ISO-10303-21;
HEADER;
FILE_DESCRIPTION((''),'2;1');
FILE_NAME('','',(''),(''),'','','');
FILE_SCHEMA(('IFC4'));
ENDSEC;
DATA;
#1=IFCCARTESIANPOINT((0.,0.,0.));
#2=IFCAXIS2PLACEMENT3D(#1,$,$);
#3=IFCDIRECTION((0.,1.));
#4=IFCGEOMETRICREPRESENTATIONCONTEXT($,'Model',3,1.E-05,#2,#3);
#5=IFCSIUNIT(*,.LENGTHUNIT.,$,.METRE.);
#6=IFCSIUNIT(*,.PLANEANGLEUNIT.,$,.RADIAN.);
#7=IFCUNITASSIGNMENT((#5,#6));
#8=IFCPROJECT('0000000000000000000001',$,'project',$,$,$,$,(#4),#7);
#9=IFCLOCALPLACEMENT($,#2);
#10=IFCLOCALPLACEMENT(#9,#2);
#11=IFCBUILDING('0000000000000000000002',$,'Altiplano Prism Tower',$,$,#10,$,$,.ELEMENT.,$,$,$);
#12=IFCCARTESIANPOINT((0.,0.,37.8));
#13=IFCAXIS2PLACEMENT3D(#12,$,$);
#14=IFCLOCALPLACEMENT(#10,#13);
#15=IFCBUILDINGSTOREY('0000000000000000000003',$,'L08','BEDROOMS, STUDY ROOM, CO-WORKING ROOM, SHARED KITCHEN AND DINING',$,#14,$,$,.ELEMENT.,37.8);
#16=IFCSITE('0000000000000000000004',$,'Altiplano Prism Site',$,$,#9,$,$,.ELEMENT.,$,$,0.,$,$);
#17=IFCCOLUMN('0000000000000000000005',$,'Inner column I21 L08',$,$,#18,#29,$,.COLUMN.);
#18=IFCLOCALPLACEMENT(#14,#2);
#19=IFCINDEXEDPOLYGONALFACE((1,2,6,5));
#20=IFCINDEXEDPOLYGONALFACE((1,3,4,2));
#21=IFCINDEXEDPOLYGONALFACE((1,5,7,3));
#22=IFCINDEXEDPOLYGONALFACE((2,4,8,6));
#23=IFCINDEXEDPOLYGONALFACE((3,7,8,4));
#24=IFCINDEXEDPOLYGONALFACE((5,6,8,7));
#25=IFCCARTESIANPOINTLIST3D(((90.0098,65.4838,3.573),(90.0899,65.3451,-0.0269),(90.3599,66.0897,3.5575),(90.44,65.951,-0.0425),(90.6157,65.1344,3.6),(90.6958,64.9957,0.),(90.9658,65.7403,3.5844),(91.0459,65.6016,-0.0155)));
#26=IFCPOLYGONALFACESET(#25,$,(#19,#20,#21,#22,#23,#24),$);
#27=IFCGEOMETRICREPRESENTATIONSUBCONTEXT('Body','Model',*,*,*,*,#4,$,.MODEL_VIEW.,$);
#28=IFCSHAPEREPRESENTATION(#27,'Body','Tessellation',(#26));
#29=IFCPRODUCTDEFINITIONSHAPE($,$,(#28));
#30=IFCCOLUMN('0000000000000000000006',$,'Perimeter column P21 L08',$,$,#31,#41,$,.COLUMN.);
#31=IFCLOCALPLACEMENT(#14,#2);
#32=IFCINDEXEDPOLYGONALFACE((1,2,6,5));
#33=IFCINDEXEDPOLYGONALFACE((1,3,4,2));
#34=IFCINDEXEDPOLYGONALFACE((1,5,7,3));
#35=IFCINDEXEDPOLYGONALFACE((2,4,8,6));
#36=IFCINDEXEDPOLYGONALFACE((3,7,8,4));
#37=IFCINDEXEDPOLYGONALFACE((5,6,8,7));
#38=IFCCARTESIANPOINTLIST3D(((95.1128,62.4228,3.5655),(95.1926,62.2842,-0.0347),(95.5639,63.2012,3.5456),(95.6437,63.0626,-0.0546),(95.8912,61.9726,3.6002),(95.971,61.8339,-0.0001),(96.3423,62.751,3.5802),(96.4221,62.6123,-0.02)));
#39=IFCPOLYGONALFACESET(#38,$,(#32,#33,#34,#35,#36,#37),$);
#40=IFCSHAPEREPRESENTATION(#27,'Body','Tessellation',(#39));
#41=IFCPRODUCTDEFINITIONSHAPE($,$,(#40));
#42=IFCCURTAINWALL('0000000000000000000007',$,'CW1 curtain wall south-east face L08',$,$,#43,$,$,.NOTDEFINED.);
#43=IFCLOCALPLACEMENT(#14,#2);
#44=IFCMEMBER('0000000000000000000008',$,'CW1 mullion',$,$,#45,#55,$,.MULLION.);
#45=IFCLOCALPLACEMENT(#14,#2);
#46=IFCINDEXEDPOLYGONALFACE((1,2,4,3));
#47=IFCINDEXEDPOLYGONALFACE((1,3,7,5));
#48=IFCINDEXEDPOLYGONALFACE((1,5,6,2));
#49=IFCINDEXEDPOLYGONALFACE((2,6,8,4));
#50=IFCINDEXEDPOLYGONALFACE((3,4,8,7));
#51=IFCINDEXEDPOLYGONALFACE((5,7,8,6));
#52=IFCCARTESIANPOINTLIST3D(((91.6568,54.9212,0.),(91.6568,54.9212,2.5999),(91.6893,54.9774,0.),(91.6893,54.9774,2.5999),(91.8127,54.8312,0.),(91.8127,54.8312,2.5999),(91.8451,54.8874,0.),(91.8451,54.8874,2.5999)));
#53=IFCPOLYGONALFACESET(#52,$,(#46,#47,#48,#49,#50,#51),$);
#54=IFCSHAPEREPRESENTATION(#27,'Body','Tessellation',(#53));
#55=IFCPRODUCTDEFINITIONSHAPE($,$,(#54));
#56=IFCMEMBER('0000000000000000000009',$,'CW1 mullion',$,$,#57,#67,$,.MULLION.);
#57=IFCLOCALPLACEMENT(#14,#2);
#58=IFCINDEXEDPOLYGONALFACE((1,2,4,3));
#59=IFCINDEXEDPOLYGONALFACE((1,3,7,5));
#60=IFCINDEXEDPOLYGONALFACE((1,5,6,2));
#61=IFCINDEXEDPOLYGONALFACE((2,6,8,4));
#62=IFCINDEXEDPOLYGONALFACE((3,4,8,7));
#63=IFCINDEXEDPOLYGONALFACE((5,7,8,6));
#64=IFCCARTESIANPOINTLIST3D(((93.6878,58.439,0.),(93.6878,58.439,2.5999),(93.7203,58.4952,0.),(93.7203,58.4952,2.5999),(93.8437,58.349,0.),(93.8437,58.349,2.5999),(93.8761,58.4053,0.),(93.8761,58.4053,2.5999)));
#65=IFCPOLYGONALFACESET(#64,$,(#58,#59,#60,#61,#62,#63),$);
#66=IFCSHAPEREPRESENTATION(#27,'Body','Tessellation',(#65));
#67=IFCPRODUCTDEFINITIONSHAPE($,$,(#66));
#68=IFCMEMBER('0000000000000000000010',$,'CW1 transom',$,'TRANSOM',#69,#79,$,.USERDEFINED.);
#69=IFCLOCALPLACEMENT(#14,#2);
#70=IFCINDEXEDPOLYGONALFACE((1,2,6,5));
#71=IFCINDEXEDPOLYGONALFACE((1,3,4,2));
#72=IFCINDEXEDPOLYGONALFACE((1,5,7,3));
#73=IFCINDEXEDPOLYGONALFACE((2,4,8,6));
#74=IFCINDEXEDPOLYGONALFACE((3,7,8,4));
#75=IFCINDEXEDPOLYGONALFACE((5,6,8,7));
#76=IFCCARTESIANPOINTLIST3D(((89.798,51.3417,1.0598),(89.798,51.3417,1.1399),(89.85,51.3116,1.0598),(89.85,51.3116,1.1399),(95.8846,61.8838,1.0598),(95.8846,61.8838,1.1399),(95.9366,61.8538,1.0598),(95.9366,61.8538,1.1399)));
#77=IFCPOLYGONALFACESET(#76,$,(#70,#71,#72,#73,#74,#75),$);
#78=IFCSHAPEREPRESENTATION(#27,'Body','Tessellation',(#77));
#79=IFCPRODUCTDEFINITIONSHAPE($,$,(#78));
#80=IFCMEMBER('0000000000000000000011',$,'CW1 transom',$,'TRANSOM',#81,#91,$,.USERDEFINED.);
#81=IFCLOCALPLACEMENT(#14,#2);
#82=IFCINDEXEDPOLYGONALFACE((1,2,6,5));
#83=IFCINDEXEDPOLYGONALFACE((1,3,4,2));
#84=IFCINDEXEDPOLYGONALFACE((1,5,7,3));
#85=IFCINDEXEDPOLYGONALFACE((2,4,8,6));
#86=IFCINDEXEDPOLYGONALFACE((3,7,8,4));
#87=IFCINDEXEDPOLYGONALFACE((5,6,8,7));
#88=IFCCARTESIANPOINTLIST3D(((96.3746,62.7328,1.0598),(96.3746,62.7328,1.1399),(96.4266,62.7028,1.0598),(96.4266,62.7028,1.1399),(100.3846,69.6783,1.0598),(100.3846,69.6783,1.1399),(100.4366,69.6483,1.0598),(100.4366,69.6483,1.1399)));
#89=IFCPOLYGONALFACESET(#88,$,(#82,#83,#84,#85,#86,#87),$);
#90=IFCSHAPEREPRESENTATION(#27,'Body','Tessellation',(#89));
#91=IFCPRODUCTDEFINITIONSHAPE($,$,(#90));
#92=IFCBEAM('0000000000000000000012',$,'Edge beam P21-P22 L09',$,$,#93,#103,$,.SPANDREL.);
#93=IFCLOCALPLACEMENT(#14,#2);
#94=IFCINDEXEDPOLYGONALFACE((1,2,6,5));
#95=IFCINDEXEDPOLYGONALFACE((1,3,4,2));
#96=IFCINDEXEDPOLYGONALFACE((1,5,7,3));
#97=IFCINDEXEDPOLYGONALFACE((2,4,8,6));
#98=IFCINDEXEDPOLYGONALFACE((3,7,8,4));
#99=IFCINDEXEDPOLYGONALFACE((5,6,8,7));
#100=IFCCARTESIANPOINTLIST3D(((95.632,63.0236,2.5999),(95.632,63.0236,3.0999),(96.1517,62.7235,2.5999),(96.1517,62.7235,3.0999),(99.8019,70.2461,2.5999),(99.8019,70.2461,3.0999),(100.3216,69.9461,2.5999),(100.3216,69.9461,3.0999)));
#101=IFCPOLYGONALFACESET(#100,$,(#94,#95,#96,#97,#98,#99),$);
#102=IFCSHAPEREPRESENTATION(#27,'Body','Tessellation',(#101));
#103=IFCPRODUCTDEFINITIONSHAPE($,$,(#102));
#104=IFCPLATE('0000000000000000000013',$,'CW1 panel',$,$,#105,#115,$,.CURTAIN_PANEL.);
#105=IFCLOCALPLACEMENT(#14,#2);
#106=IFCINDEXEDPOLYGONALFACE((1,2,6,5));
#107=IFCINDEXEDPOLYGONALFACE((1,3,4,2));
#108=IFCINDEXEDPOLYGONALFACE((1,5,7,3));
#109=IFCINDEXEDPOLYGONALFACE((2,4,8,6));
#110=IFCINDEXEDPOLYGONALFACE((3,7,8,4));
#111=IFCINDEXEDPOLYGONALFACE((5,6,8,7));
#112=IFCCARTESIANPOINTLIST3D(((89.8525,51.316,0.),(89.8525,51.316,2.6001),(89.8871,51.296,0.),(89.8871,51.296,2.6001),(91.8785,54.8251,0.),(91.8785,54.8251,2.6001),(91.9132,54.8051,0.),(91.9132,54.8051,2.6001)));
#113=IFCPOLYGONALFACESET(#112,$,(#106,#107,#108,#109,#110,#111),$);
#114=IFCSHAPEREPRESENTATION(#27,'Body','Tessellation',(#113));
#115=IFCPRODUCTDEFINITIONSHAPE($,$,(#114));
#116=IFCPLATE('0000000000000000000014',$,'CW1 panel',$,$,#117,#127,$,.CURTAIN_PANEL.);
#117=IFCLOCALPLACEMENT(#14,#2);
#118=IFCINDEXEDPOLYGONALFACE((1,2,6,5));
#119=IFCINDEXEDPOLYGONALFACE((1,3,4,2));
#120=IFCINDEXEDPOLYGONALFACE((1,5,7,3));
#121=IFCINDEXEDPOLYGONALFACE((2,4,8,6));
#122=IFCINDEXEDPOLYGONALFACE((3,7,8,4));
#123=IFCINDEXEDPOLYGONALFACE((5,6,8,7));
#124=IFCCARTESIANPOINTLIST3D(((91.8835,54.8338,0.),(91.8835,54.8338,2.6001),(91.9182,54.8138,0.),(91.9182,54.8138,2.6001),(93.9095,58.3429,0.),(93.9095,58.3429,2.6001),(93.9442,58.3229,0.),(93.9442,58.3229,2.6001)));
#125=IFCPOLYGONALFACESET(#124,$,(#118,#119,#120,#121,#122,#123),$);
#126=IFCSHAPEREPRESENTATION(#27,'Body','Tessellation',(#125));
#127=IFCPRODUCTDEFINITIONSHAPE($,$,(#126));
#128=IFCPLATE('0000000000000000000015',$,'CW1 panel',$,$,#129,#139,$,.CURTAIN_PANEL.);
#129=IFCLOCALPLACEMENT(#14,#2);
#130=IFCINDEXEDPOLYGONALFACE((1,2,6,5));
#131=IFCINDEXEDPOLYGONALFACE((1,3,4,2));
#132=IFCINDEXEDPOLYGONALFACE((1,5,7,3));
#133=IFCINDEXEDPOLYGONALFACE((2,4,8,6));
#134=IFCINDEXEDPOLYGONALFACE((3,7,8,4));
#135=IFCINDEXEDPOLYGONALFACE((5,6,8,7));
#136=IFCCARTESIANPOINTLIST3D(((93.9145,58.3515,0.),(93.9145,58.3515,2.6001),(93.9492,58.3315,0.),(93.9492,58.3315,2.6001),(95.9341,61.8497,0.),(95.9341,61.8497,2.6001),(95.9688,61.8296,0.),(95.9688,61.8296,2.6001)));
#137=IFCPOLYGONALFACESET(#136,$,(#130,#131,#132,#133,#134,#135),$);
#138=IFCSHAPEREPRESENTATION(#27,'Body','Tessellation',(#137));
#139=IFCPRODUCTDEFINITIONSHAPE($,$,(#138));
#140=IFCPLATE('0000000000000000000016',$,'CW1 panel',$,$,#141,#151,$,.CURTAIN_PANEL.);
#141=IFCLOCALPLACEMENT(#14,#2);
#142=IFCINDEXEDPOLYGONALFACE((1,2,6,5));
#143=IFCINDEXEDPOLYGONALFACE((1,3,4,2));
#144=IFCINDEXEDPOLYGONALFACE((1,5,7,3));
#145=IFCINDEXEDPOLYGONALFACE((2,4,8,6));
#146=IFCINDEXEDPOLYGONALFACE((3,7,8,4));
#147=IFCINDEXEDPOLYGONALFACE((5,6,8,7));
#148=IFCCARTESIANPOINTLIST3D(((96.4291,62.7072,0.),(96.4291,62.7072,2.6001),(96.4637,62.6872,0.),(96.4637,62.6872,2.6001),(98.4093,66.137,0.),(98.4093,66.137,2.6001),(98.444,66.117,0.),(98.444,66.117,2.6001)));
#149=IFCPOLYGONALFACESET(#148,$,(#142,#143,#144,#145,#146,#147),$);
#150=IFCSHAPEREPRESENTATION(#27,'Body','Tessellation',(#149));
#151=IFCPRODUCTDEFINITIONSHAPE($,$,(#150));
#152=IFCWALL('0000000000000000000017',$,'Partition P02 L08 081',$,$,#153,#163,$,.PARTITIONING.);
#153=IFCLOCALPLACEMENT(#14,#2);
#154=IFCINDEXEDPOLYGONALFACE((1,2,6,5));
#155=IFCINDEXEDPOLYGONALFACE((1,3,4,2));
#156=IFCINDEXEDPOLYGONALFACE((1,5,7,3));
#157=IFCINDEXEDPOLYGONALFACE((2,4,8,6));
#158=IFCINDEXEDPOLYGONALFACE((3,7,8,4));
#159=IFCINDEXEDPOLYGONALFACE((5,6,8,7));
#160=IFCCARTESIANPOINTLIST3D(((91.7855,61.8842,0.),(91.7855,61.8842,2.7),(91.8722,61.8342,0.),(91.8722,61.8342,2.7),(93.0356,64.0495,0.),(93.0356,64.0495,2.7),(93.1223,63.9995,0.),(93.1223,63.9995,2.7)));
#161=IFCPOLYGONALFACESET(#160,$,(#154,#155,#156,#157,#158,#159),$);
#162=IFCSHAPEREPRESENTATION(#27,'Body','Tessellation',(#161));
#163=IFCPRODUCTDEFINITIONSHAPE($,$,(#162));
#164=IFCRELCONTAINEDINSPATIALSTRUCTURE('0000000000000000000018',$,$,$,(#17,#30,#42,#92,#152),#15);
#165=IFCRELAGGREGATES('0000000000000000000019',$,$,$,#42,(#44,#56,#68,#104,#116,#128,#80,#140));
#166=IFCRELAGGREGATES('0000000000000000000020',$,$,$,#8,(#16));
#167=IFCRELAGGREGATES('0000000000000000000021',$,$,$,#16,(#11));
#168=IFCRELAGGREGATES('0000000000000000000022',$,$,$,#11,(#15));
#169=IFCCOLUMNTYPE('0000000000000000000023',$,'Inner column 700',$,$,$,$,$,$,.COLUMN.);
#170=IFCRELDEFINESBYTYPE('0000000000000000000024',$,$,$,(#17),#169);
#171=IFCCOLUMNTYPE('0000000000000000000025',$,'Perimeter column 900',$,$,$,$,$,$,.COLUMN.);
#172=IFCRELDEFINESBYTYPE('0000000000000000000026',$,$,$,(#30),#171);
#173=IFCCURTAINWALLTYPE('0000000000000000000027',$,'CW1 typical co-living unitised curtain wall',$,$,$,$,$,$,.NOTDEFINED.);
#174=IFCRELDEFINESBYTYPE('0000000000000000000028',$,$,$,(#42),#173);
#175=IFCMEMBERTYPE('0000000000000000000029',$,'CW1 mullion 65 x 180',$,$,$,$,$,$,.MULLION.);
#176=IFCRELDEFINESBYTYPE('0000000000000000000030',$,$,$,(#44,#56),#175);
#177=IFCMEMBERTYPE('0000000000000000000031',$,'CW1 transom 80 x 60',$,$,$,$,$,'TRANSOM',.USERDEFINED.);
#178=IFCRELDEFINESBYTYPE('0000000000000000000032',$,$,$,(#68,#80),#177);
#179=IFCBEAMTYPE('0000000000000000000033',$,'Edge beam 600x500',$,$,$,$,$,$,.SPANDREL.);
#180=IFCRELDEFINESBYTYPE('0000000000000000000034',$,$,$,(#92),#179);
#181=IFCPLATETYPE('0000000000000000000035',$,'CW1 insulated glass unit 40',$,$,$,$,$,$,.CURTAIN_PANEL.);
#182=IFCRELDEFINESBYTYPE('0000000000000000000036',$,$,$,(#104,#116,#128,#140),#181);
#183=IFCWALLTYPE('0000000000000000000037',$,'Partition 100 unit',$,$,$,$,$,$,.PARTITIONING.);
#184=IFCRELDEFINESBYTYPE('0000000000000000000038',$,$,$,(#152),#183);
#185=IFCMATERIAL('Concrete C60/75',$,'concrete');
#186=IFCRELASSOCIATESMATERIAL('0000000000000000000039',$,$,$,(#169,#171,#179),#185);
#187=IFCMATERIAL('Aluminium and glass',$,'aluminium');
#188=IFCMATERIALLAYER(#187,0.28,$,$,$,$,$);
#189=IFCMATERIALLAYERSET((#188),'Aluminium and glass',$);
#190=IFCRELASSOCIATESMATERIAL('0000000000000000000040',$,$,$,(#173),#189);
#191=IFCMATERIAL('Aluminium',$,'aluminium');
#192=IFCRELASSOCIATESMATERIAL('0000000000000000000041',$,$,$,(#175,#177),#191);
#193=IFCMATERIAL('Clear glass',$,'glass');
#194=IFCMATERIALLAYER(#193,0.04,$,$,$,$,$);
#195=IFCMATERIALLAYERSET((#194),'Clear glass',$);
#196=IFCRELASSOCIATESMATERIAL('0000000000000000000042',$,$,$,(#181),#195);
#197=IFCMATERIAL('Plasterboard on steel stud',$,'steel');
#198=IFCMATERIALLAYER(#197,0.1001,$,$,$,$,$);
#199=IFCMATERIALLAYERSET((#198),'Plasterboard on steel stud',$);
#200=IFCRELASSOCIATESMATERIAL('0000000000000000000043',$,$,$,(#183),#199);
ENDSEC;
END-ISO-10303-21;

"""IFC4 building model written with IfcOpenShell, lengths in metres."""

from ifc_helpers import new_model, si_unit, direction, frame, frame_2d, origin, origin_2d, place, context, subcontext, project, spatial, rectangle, extrude, material, layer, layer_set, material_profile, profile_set, type_object, element, aggregate, save


model = new_model("IFC4")

# Units and contexts
model_context = context("Model", 3, precision=1e-05, world=origin(), true_north=direction((0.0, 1.0)))
body_context = subcontext(model_context, "Body", "Model", "MODEL_VIEW")
ifc_project = project(units=[si_unit("LENGTHUNIT", "METRE"), si_unit("PLANEANGLEUNIT", "RADIAN")], contexts=[model_context])

# Site, building, storey
site_placement = place(None, origin())
site = spatial("IfcSite", under=ifc_project, at=site_placement, Name="Altiplano Prism Site", CompositionType="ELEMENT", RefElevation=0.0)
building_placement = place(site_placement, origin())
building = spatial("IfcBuilding", under=site, at=building_placement, Name="Altiplano Prism Tower", CompositionType="ELEMENT")
storey_placement = place(building_placement, frame((0.0, 0.0, 37.8)))
storey = spatial("IfcBuildingStorey", under=building, at=storey_placement, Name="L08", Description="BEDROOMS, STUDY ROOM, CO-WORKING ROOM, SHARED KITCHEN AND DINING", CompositionType="ELEMENT", Elevation=37.8)

# Columns
ifc_material_1 = material(Name="Concrete C60/75", Category="concrete")
ifc_material_profile_1 = material_profile(ifc_material_1, rectangle(XDim=0.7, YDim=0.7, at=origin_2d()), Name="Inner column 700")
ifc_profile_set_1 = profile_set([ifc_material_profile_1], Name="Concrete C60/75")
column_type_1 = type_object("IfcColumnType", Name="Inner column 700", PredefinedType="COLUMN", material=ifc_profile_set_1)
column_1_placement = place(storey_placement, frame((90.5679, 65.4734, -0.0212), z_axis=(-0.022223, 0.038483, 0.999012), x_axis=(-0.500177, -0.865638, 0.022219)))
element("IfcColumn", 1, at=column_1_placement, inside=storey, type_object=column_type_1, Name="Inner column I21 L08", PredefinedType="COLUMN", context=body_context, shape_type="SweptSolid", body=[
    extrude(rectangle(XDim=0.7, YDim=0.7, at=origin_2d()), origin(), (0.0, 0.0, 1.0), 3.6035),
])
ifc_material_profile_2 = material_profile(ifc_material_1, rectangle(XDim=0.8999, YDim=0.8999, at=origin_2d()), Name="Perimeter column 900")
ifc_profile_set_2 = profile_set([ifc_material_profile_2], Name="Concrete C60/75")
column_type_2 = type_object("IfcColumnType", Name="Perimeter column 900", PredefinedType="COLUMN", material=ifc_profile_set_2)
column_2_placement = place(storey_placement, frame((95.8074, 62.4482, -0.0273), z_axis=(-0.022154, 0.038481, 0.999014), x_axis=(-0.501315, -0.86498, 0.022201)))
element("IfcColumn", 2, at=column_2_placement, inside=storey, type_object=column_type_2, Name="Perimeter column P21 L08", PredefinedType="COLUMN", context=body_context, shape_type="SweptSolid", body=[
    extrude(rectangle(XDim=0.8999, YDim=0.8999, at=origin_2d()), origin(), (0.0, 0.0, 1.0), 3.6038),
])

# Curtain wall, members
ifc_material_2 = material(Name="Aluminium and glass", Category="aluminium")
ifc_layer_1 = layer(ifc_material_2, 0.28)
ifc_layer_set_1 = layer_set([ifc_layer_1], Name="Aluminium and glass")
curtain_wall_type = type_object("IfcCurtainWallType", Name="CW1 typical co-living unitised curtain wall", PredefinedType="NOTDEFINED", material=ifc_layer_set_1)
curtain_wall_placement = place(storey_placement, origin())
curtain_wall = element("IfcCurtainWall", 3, at=curtain_wall_placement, inside=storey, type_object=curtain_wall_type, Name="CW1 curtain wall south-east face L08", PredefinedType="NOTDEFINED")
ifc_material_3 = material(Name="Aluminium", Category="aluminium")
ifc_material_profile_3 = material_profile(ifc_material_3, rectangle(XDim=0.1799, YDim=0.0649, at=origin_2d()), Name="CW1 mullion 65 x 180")
ifc_profile_set_3 = profile_set([ifc_material_profile_3], Name="Aluminium")
member_type_1 = type_object("IfcMemberType", Name="CW1 mullion 65 x 180", PredefinedType="MULLION", material=ifc_profile_set_3)
member_1_placement = place(storey_placement, frame((91.751, 54.9043, 0.0), z_axis=(0.0, 0.0, 1.0), x_axis=(-0.866025, 0.5, 0.0)))
member_1 = element("IfcMember", 4, at=member_1_placement, type_object=member_type_1, Name="CW1 mullion", PredefinedType="MULLION", context=body_context, shape_type="SweptSolid", body=[
    extrude(rectangle(XDim=0.1799, YDim=0.0649, at=origin_2d()), origin(), (0.0, 0.0, 1.0), 2.5999),
])
member_2_placement = place(storey_placement, frame((93.782, 58.4221, 0.0), z_axis=(0.0, 0.0, 1.0), x_axis=(-0.866025, 0.5, 0.0)))
member_2 = element("IfcMember", 5, at=member_2_placement, type_object=member_type_1, Name="CW1 mullion", PredefinedType="MULLION", context=body_context, shape_type="SweptSolid", body=[
    extrude(rectangle(XDim=0.1799, YDim=0.0649, at=origin_2d()), origin(), (0.0, 0.0, 1.0), 2.5999),
])
ifc_material_profile_4 = material_profile(ifc_material_3, rectangle(XDim=0.0601, YDim=0.0801, at=origin_2d()), Name="CW1 transom 80 x 60")
ifc_profile_set_4 = profile_set([ifc_material_profile_4], Name="Aluminium")
member_type_2 = type_object("IfcMemberType", Name="CW1 transom 80 x 60", ElementType="TRANSOM", PredefinedType="USERDEFINED", material=ifc_profile_set_4)
member_3_placement = place(storey_placement, frame((89.824, 51.3267, 1.0999), z_axis=(0.500007, 0.866022, 0.0), x_axis=(-0.866022, 0.500007, 0.0)))
member_3 = element("IfcMember", 6, at=member_3_placement, type_object=member_type_2, Name="CW1 transom", ObjectType="TRANSOM", PredefinedType="USERDEFINED", context=body_context, shape_type="SweptSolid", body=[
    extrude(rectangle(XDim=0.0601, YDim=0.0801, at=origin_2d()), origin(), (0.0, 0.0, 1.0), 12.1731),
])
member_4_placement = place(storey_placement, frame((96.4006, 62.7178, 1.0999), z_axis=(0.499999, 0.866026, 0.0), x_axis=(-0.866026, 0.499999, 0.0)))
member_4 = element("IfcMember", 7, at=member_4_placement, type_object=member_type_2, Name="CW1 transom", ObjectType="TRANSOM", PredefinedType="USERDEFINED", context=body_context, shape_type="SweptSolid", body=[
    extrude(rectangle(XDim=0.0601, YDim=0.0801, at=origin_2d()), origin(), (0.0, 0.0, 1.0), 8.02),
])

# Beam
ifc_material_profile_5 = material_profile(ifc_material_1, rectangle(XDim=0.6001, YDim=0.5, at=origin_2d()), Name="Edge beam 600x500")
ifc_profile_set_5 = profile_set([ifc_material_profile_5], Name="Concrete C60/75")
beam_type = type_object("IfcBeamType", Name="Edge beam 600x500", PredefinedType="SPANDREL", material=ifc_profile_set_5)
beam_placement = place(storey_placement, frame((95.8918, 62.8735, 2.8499), z_axis=(0.499993, 0.86603, 0.0), x_axis=(-0.86603, 0.499993, 0.0)))
element("IfcBeam", 8, at=beam_placement, inside=storey, type_object=beam_type, Name="Edge beam P21-P22 L09", PredefinedType="SPANDREL", context=body_context, shape_type="SweptSolid", body=[
    extrude(rectangle(XDim=0.6001, YDim=0.5, at=origin_2d()), origin(), (0.0, 0.0, 1.0), 8.3398),
])

# Plates
ifc_material_4 = material(Name="Clear glass", Category="glass")
ifc_layer_2 = layer(ifc_material_4, 0.04)
ifc_layer_set_2 = layer_set([ifc_layer_2], Name="Clear glass")
plate_type = type_object("IfcPlateType", Name="CW1 insulated glass unit 40", PredefinedType="CURTAIN_PANEL", material=ifc_layer_set_2)
plate_1_placement = place(storey_placement, frame((90.8828, 53.0605, 0.0), z_axis=(0.0, 0.0, 1.0), x_axis=(0.5, 0.866025, 0.0)))
plate_1 = element("IfcPlate", 9, at=plate_1_placement, type_object=plate_type, Name="CW1 panel", PredefinedType="CURTAIN_PANEL", context=body_context, shape_type="SweptSolid", body=[
    extrude(rectangle(XDim=4.052, YDim=0.04, at=origin_2d()), origin(), (0.0, 0.0, 1.0), 2.6001),
])
plate_2_placement = place(storey_placement, frame((92.9138, 56.5784, 0.0), z_axis=(0.0, 0.0, 1.0), x_axis=(0.5, 0.866025, 0.0)))
plate_2 = element("IfcPlate", 10, at=plate_2_placement, type_object=plate_type, Name="CW1 panel", PredefinedType="CURTAIN_PANEL", context=body_context, shape_type="SweptSolid", body=[
    extrude(rectangle(XDim=4.052, YDim=0.04, at=origin_2d()), origin(), (0.0, 0.0, 1.0), 2.6001),
])
plate_3_placement = place(storey_placement, frame((94.9417, 60.0906, 0.0), z_axis=(0.0, 0.0, 1.0), x_axis=(0.5, 0.866025, 0.0)))
plate_3 = element("IfcPlate", 11, at=plate_3_placement, type_object=plate_type, Name="CW1 panel", PredefinedType="CURTAIN_PANEL", context=body_context, shape_type="SweptSolid", body=[
    extrude(rectangle(XDim=4.0393, YDim=0.04, at=origin_2d()), origin(), (0.0, 0.0, 1.0), 2.6001),
])
plate_4_placement = place(storey_placement, frame((97.4365, 64.4121, 0.0), z_axis=(0.0, 0.0, 1.0), x_axis=(0.5, 0.866025, 0.0)))
plate_4 = element("IfcPlate", 12, at=plate_4_placement, type_object=plate_type, Name="CW1 panel", PredefinedType="CURTAIN_PANEL", context=body_context, shape_type="SweptSolid", body=[
    extrude(rectangle(XDim=3.9604, YDim=0.04, at=origin_2d()), origin(), (0.0, 0.0, 1.0), 2.6001),
])
aggregate(curtain_wall, [member_1, member_2, member_3, plate_1, plate_2, plate_3, member_4, plate_4])

# Wall
ifc_material_5 = material(Name="Plasterboard on steel stud", Category="steel")
ifc_layer_3 = layer(ifc_material_5, 0.1001)
ifc_layer_set_3 = layer_set([ifc_layer_3], Name="Plasterboard on steel stud")
wall_type_1 = type_object("IfcWallType", Name="Partition 100 unit", PredefinedType="PARTITIONING", material=ifc_layer_set_3)
wall_1_placement = place(storey_placement, frame((93.0789, 64.0244, 0.0), z_axis=(0.0, 0.0, 1.0), x_axis=(-0.499962, -0.866047, 0.0)))
element("IfcWall", 13, at=wall_1_placement, inside=storey, type_object=wall_type_1, Name="Partition P02 L08 081", PredefinedType="PARTITIONING", context=body_context, shape_type="SweptSolid", body=[
    extrude(rectangle(XDim=2.5002, YDim=0.1001, at=frame_2d((1.25, 0.0))), origin(), (0.0, 0.0, 1.0), 2.7),
])

save(model, "model.ifc")
